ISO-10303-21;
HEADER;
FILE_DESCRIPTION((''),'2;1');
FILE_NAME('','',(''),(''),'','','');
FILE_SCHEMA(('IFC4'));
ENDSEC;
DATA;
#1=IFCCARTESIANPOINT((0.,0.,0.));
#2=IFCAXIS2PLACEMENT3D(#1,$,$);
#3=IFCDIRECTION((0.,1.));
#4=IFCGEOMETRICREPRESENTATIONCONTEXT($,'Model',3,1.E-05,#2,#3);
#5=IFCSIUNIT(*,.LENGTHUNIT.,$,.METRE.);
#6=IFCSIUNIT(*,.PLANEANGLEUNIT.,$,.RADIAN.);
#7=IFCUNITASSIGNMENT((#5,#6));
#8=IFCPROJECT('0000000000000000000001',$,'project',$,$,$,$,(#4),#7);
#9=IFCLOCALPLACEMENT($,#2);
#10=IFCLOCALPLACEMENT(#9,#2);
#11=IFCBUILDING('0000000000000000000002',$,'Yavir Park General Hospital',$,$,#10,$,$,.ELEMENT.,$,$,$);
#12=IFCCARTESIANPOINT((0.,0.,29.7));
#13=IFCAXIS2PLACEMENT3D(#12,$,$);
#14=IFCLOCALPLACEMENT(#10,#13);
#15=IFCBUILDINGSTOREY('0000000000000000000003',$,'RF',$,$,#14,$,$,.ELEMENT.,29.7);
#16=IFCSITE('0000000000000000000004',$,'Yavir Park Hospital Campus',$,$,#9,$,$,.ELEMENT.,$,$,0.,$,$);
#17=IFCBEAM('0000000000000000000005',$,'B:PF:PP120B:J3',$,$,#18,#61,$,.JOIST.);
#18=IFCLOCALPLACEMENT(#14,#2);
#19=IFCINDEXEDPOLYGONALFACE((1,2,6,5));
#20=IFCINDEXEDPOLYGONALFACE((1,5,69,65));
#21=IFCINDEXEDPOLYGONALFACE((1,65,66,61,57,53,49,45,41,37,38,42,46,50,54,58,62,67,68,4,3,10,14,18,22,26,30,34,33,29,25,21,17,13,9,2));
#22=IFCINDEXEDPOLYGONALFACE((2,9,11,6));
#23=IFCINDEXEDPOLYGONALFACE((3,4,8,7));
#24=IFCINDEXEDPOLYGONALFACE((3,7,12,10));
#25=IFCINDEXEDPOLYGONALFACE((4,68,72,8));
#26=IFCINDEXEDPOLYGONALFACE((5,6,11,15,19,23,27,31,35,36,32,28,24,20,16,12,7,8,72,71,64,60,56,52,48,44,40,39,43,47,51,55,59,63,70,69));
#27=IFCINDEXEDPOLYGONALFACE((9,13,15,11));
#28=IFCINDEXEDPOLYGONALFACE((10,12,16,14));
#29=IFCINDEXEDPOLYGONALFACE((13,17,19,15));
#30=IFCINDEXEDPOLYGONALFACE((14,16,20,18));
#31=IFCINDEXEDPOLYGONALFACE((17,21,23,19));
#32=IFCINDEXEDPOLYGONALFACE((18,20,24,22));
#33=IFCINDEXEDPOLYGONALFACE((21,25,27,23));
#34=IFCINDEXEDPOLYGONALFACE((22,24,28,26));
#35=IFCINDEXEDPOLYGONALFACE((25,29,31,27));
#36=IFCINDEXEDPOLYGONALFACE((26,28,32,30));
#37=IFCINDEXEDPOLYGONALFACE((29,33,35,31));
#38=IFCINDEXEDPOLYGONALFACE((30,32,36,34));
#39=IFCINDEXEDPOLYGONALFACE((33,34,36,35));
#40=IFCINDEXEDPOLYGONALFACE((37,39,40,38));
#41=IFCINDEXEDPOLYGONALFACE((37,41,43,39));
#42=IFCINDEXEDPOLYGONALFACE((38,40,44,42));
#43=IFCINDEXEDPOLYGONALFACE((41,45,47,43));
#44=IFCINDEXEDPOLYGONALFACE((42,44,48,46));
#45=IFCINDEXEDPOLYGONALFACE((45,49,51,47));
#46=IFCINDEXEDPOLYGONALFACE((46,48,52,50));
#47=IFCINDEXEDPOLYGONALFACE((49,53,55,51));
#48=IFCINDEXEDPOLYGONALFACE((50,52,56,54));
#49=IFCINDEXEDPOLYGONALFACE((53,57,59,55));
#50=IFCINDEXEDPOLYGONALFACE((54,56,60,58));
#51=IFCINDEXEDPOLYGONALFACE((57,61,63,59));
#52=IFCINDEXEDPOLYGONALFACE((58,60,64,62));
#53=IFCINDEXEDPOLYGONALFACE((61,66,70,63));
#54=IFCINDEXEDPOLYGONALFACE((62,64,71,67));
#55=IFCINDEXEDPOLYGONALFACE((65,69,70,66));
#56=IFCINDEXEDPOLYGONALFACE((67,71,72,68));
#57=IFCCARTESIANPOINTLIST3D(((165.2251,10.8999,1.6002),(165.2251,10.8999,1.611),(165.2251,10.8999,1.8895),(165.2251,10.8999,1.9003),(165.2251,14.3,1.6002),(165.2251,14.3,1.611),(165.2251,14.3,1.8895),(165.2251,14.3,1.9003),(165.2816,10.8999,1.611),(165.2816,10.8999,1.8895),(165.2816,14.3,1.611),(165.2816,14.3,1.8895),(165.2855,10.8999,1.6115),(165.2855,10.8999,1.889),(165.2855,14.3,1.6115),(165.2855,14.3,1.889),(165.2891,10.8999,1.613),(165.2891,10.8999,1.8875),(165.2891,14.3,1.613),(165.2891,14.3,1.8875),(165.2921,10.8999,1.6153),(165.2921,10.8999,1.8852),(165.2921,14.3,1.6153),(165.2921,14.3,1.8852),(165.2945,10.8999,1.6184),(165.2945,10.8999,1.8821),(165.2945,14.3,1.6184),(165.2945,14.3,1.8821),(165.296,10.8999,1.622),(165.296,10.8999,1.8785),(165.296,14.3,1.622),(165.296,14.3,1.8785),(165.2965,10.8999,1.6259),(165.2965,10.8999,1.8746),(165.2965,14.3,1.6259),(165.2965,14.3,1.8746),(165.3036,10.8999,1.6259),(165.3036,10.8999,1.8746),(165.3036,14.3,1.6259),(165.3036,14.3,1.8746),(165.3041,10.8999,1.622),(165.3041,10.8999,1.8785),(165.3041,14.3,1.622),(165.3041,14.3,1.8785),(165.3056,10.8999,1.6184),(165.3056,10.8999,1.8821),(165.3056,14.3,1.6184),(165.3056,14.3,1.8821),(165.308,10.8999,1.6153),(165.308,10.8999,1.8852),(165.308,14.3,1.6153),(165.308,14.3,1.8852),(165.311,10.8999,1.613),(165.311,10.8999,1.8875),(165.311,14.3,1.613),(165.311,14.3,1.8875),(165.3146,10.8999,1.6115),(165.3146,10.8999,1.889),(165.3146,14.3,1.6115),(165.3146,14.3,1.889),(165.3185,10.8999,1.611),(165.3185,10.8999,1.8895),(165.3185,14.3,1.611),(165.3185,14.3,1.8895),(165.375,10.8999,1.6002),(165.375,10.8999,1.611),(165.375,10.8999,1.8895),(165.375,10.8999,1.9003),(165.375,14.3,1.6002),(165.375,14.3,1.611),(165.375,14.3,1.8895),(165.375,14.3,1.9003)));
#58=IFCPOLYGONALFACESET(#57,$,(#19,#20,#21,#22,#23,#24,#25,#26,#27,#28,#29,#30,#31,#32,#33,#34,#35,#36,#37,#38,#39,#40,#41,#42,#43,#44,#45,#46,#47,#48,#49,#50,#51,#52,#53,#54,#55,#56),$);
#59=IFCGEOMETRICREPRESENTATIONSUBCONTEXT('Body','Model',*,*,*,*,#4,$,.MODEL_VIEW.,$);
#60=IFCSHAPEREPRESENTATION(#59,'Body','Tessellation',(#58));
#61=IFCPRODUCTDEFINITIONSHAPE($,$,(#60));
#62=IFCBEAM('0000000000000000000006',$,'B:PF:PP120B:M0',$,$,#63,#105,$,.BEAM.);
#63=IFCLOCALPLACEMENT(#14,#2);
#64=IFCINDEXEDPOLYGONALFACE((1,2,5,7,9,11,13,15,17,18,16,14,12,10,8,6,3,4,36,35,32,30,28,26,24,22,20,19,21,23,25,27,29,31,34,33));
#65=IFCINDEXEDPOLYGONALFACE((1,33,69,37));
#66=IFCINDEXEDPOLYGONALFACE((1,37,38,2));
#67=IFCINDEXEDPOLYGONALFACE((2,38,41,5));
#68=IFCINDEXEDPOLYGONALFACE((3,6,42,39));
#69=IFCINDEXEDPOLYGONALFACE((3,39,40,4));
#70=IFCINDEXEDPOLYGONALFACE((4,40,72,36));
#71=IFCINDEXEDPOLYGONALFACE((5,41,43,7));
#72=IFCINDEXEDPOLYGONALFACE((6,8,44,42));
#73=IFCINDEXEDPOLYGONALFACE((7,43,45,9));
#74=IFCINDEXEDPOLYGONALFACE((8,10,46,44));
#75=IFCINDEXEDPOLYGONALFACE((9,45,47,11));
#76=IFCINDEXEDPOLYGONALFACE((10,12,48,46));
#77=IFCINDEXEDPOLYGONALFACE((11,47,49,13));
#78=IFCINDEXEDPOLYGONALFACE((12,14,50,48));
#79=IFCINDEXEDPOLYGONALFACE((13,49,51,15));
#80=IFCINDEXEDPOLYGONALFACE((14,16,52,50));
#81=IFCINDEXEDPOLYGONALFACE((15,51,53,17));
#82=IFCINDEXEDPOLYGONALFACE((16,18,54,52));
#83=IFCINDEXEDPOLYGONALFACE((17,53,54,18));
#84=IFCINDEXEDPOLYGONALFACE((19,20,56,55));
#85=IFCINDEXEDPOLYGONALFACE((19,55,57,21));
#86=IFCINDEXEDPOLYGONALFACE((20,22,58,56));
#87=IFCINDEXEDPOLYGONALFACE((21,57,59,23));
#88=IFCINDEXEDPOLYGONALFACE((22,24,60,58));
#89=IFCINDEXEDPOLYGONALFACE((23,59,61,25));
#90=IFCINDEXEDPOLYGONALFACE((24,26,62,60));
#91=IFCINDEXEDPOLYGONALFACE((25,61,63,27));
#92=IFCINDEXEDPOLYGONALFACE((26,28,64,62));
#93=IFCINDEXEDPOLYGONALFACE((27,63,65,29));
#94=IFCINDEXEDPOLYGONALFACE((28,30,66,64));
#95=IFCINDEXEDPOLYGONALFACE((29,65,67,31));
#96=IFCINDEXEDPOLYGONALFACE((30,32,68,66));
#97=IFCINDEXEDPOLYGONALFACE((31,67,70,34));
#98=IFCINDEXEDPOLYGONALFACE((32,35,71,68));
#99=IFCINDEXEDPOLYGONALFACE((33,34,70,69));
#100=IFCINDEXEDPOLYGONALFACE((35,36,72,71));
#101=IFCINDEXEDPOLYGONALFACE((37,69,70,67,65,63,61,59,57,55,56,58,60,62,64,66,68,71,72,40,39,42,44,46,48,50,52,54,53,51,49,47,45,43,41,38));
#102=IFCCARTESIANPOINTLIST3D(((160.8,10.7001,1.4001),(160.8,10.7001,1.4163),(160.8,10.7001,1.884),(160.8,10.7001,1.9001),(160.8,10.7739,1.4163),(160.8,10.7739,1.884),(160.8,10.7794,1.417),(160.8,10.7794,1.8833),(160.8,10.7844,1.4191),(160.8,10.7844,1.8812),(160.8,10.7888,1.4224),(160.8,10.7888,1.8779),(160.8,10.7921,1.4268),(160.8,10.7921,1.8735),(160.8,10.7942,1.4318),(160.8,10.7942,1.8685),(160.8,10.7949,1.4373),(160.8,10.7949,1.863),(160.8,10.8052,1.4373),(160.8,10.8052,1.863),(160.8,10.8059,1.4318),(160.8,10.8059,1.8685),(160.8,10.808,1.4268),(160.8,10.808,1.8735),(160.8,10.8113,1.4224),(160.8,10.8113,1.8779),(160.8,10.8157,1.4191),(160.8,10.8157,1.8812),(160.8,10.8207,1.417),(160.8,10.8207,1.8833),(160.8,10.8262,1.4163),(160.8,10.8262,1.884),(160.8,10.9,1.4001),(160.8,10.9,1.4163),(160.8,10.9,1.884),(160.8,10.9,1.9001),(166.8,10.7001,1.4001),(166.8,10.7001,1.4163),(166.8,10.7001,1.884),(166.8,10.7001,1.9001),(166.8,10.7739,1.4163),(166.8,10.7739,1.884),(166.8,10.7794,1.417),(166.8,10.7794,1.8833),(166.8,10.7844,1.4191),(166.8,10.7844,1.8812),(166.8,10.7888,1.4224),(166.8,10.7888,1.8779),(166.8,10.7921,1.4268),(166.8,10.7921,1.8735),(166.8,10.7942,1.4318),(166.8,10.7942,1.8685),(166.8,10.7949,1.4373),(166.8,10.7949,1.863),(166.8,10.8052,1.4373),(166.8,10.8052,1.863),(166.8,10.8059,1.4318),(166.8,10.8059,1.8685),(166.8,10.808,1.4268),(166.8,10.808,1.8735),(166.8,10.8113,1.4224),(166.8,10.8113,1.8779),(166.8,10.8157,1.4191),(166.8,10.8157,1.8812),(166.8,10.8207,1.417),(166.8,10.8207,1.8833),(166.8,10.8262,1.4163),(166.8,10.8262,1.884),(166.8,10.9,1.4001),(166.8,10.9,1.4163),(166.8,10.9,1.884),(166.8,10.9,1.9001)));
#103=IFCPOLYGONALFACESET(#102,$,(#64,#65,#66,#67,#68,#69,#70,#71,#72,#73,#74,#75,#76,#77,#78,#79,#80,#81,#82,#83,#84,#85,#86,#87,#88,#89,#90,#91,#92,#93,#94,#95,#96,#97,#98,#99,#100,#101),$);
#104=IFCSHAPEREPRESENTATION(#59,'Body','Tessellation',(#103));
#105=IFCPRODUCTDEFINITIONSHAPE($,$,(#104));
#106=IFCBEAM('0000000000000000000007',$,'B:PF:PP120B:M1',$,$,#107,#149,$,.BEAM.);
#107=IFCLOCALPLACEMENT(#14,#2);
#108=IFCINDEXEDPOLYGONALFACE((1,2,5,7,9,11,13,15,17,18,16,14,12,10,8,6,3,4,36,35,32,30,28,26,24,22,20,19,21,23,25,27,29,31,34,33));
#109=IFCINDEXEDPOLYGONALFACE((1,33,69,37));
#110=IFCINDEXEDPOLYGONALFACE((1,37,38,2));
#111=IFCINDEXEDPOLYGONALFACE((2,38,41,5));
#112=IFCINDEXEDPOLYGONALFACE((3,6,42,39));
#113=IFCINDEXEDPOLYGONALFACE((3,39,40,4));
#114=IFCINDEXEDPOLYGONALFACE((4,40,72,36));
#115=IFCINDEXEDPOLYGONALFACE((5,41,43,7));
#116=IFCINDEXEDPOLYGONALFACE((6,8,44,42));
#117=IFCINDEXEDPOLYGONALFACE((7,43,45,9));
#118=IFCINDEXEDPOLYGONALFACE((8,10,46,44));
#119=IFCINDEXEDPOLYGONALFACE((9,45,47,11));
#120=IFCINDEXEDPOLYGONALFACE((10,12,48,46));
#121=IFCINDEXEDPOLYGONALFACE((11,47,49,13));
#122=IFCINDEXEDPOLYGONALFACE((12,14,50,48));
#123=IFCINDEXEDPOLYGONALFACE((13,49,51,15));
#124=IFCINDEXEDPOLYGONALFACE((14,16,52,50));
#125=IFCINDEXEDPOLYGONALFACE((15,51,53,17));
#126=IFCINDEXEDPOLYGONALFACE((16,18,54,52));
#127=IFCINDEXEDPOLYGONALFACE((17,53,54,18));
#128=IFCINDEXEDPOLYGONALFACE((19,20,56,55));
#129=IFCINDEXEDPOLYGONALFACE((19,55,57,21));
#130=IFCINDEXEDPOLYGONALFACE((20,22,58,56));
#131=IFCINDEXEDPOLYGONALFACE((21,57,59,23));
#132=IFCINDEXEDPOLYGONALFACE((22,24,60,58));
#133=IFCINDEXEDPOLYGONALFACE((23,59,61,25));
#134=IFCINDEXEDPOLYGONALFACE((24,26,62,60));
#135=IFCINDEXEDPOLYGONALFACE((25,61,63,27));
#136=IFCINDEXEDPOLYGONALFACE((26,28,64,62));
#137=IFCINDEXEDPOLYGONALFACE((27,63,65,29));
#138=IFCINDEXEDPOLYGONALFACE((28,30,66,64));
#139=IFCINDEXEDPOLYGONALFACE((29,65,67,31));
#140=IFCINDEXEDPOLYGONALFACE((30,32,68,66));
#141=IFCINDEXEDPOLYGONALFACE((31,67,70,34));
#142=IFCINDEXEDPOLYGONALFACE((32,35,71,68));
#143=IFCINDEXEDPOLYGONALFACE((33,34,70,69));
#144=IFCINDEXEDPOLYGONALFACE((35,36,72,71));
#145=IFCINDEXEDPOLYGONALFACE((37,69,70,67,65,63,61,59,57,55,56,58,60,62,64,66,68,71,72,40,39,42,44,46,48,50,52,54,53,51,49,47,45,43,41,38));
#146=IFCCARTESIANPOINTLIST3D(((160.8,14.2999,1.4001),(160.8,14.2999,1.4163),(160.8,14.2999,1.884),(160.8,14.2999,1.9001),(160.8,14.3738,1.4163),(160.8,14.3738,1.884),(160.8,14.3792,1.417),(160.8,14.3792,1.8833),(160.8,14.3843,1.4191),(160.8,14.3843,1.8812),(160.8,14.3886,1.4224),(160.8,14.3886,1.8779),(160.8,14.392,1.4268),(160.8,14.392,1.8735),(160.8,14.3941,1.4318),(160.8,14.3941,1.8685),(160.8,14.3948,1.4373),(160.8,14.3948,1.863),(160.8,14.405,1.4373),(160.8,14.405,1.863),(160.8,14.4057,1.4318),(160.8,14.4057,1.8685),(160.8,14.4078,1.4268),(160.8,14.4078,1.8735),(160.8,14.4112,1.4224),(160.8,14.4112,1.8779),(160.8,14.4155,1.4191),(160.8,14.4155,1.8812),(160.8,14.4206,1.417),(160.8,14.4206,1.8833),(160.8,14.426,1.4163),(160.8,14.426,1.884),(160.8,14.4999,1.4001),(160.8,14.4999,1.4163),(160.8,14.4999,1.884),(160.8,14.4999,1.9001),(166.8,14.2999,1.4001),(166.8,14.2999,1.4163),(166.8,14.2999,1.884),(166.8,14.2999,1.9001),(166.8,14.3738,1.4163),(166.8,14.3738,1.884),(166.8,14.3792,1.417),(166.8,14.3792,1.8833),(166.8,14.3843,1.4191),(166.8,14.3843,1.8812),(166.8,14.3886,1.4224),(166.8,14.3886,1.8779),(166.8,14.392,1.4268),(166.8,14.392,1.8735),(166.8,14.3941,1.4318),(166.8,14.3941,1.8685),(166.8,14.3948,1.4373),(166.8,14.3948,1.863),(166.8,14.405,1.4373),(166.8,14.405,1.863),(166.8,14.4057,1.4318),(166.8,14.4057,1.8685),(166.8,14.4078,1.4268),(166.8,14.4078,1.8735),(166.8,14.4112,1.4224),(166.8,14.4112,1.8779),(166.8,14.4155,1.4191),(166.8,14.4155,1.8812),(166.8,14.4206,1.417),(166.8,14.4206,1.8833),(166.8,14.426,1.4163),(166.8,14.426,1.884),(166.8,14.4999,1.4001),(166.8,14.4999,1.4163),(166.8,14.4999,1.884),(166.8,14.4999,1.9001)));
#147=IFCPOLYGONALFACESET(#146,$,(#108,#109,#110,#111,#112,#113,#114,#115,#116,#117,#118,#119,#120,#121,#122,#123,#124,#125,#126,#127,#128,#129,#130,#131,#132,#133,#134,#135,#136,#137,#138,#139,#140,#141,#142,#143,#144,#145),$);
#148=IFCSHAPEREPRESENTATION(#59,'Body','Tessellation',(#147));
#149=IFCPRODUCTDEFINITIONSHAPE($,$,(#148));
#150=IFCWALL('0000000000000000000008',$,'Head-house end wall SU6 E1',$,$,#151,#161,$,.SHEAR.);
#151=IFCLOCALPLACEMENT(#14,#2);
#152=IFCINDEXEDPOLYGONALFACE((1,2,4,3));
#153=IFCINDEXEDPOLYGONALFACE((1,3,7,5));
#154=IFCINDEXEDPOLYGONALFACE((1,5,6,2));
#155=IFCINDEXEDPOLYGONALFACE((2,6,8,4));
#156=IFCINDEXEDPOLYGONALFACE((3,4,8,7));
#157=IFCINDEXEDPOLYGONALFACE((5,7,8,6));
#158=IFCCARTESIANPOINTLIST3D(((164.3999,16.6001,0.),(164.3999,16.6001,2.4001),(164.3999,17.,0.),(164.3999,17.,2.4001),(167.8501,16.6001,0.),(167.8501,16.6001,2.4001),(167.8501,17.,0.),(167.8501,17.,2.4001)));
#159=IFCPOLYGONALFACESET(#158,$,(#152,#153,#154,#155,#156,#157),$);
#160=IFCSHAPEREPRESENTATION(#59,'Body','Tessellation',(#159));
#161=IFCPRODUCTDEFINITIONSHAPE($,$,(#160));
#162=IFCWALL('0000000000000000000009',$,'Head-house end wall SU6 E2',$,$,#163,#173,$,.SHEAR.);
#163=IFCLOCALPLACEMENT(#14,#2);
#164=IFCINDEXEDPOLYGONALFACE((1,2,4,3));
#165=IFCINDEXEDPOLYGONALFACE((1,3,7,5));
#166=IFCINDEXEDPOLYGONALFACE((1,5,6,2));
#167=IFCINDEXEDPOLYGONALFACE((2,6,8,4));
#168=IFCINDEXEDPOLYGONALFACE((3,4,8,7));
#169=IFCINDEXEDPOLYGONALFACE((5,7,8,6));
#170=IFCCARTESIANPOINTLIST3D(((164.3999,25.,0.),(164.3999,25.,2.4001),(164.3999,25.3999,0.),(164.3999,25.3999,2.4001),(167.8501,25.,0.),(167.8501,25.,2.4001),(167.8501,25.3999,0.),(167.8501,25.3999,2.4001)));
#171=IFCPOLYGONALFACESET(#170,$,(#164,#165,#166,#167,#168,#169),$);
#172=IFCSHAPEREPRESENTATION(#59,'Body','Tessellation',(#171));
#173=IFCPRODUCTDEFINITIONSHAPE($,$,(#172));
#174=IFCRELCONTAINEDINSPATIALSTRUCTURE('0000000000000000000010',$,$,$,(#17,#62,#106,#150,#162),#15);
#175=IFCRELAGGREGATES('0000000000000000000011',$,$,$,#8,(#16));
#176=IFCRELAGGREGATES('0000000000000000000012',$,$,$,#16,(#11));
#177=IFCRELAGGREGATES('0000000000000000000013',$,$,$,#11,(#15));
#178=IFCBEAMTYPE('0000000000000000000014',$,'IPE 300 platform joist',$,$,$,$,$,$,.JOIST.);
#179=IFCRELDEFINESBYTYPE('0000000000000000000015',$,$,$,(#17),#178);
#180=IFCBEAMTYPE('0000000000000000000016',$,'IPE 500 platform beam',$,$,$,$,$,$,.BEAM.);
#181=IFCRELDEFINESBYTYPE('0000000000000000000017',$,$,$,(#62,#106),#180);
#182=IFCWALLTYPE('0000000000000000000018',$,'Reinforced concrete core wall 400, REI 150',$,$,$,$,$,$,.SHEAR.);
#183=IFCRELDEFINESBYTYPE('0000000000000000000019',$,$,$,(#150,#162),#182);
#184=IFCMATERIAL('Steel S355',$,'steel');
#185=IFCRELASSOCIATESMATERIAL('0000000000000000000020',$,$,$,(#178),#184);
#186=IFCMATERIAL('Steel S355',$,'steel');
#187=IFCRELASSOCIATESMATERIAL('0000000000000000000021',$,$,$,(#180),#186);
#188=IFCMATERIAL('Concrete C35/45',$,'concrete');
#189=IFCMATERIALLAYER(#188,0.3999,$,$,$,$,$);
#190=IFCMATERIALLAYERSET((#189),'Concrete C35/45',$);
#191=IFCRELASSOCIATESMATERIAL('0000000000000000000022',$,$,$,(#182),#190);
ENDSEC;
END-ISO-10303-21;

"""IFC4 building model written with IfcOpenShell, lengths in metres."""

from ifc_helpers import new_model, si_unit, direction, frame, frame_2d, origin, origin_2d, place, context, subcontext, project, spatial, rectangle, i_section, extrude, material, layer, layer_set, material_profile, profile_set, type_object, element, save


model = new_model("IFC4")

# Units and contexts
model_context = context("Model", 3, precision=1e-05, world=origin(), true_north=direction((0.0, 1.0)))
body_context = subcontext(model_context, "Body", "Model", "MODEL_VIEW")
ifc_project = project(units=[si_unit("LENGTHUNIT", "METRE"), si_unit("PLANEANGLEUNIT", "RADIAN")], contexts=[model_context])

# Site, building, storey
site_placement = place(None, origin())
site = spatial("IfcSite", under=ifc_project, at=site_placement, Name="Yavir Park Hospital Campus", CompositionType="ELEMENT", RefElevation=0.0)
building_placement = place(site_placement, origin())
building = spatial("IfcBuilding", under=site, at=building_placement, Name="Yavir Park General Hospital", CompositionType="ELEMENT")
storey_placement = place(building_placement, frame((0.0, 0.0, 29.7)))
storey = spatial("IfcBuildingStorey", under=building, at=storey_placement, Name="RF", CompositionType="ELEMENT", Elevation=29.7)

# Beams
ifc_material_1 = material(Name="Steel S355", Category="steel")
ifc_material_profile_1 = material_profile(ifc_material_1, i_section(OverallWidth=0.1499, OverallDepth=0.3, WebThickness=0.0071, FlangeThickness=0.0107, FilletRadius=0.0149, at=origin_2d()), Name="IPE300")
ifc_profile_set_1 = profile_set([ifc_material_profile_1], Name="Steel S355")
beam_type_1 = type_object("IfcBeamType", Name="IPE 300 platform joist", PredefinedType="JOIST", material=ifc_profile_set_1)
for number, where, z_axis, x_axis, name in (
    (1, (165.3, 10.8999, 1.7502), (0.0, 1.0, 0.0), (-1.0, 0.0, 0.0), "B:PF:PP120B:J3"),
):
    element("IfcBeam", number, at=place(storey_placement, frame(where, z_axis=z_axis, x_axis=x_axis)), inside=storey, type_object=beam_type_1, Name=name, PredefinedType="JOIST", context=body_context, shape_type="SweptSolid", body=[
        extrude(i_section(OverallWidth=0.1499, OverallDepth=0.3, WebThickness=0.0071, FlangeThickness=0.0107, FilletRadius=0.0149, at=origin_2d()), origin(), (0.0, 0.0, 1.0), 3.4001),
    ])
ifc_material_2 = material(Name="Steel S355", Category="steel")
ifc_material_profile_2 = material_profile(ifc_material_2, i_section(OverallWidth=0.2, OverallDepth=0.5, WebThickness=0.0103, FlangeThickness=0.0161, FilletRadius=0.021, at=origin_2d()), Name="IPE500")
ifc_profile_set_2 = profile_set([ifc_material_profile_2], Name="Steel S355")
beam_type_2 = type_object("IfcBeamType", Name="IPE 500 platform beam", PredefinedType="BEAM", material=ifc_profile_set_2)
for number, where, z_axis, x_axis, name in (
    (2, (160.8, 10.8, 1.6501), (1.0, 0.0, 0.0), (0.0, 1.0, 0.0), "B:PF:PP120B:M0"),
    (3, (160.8, 14.3999, 1.6501), (1.0, 0.0, 0.0), (0.0, 1.0, 0.0), "B:PF:PP120B:M1"),
):
    element("IfcBeam", number, at=place(storey_placement, frame(where, z_axis=z_axis, x_axis=x_axis)), inside=storey, type_object=beam_type_2, Name=name, PredefinedType="BEAM", context=body_context, shape_type="SweptSolid", body=[
        extrude(i_section(OverallWidth=0.2, OverallDepth=0.5, WebThickness=0.0103, FlangeThickness=0.0161, FilletRadius=0.021, at=origin_2d()), origin(), (0.0, 0.0, 1.0), 6.0),
    ])

# Walls
ifc_material_3 = material(Name="Concrete C35/45", Category="concrete")
ifc_layer_1 = layer(ifc_material_3, 0.3999)
ifc_layer_set_1 = layer_set([ifc_layer_1], Name="Concrete C35/45")
wall_type_1 = type_object("IfcWallType", Name="Reinforced concrete core wall 400, REI 150", PredefinedType="SHEAR", material=ifc_layer_set_1)
for number, where, z_axis, x_axis, name in (
    (4, (167.8501, 16.8, 0.0), (0.0, 0.0, 1.0), (-1.0, 0.0, 0.0), "Head-house end wall SU6 E1"),
    (5, (167.8501, 25.2, 0.0), (0.0, 0.0, 1.0), (-1.0, 0.0, 0.0), "Head-house end wall SU6 E2"),
):
    element("IfcWall", number, at=place(storey_placement, frame(where, z_axis=z_axis, x_axis=x_axis)), inside=storey, type_object=wall_type_1, Name=name, PredefinedType="SHEAR", context=body_context, shape_type="SweptSolid", body=[
        extrude(rectangle(XDim=3.4502, YDim=0.3999, at=frame_2d((1.7251, 0.0))), origin(), (0.0, 0.0, 1.0), 2.4001),
    ])

save(model, "model.ifc")
